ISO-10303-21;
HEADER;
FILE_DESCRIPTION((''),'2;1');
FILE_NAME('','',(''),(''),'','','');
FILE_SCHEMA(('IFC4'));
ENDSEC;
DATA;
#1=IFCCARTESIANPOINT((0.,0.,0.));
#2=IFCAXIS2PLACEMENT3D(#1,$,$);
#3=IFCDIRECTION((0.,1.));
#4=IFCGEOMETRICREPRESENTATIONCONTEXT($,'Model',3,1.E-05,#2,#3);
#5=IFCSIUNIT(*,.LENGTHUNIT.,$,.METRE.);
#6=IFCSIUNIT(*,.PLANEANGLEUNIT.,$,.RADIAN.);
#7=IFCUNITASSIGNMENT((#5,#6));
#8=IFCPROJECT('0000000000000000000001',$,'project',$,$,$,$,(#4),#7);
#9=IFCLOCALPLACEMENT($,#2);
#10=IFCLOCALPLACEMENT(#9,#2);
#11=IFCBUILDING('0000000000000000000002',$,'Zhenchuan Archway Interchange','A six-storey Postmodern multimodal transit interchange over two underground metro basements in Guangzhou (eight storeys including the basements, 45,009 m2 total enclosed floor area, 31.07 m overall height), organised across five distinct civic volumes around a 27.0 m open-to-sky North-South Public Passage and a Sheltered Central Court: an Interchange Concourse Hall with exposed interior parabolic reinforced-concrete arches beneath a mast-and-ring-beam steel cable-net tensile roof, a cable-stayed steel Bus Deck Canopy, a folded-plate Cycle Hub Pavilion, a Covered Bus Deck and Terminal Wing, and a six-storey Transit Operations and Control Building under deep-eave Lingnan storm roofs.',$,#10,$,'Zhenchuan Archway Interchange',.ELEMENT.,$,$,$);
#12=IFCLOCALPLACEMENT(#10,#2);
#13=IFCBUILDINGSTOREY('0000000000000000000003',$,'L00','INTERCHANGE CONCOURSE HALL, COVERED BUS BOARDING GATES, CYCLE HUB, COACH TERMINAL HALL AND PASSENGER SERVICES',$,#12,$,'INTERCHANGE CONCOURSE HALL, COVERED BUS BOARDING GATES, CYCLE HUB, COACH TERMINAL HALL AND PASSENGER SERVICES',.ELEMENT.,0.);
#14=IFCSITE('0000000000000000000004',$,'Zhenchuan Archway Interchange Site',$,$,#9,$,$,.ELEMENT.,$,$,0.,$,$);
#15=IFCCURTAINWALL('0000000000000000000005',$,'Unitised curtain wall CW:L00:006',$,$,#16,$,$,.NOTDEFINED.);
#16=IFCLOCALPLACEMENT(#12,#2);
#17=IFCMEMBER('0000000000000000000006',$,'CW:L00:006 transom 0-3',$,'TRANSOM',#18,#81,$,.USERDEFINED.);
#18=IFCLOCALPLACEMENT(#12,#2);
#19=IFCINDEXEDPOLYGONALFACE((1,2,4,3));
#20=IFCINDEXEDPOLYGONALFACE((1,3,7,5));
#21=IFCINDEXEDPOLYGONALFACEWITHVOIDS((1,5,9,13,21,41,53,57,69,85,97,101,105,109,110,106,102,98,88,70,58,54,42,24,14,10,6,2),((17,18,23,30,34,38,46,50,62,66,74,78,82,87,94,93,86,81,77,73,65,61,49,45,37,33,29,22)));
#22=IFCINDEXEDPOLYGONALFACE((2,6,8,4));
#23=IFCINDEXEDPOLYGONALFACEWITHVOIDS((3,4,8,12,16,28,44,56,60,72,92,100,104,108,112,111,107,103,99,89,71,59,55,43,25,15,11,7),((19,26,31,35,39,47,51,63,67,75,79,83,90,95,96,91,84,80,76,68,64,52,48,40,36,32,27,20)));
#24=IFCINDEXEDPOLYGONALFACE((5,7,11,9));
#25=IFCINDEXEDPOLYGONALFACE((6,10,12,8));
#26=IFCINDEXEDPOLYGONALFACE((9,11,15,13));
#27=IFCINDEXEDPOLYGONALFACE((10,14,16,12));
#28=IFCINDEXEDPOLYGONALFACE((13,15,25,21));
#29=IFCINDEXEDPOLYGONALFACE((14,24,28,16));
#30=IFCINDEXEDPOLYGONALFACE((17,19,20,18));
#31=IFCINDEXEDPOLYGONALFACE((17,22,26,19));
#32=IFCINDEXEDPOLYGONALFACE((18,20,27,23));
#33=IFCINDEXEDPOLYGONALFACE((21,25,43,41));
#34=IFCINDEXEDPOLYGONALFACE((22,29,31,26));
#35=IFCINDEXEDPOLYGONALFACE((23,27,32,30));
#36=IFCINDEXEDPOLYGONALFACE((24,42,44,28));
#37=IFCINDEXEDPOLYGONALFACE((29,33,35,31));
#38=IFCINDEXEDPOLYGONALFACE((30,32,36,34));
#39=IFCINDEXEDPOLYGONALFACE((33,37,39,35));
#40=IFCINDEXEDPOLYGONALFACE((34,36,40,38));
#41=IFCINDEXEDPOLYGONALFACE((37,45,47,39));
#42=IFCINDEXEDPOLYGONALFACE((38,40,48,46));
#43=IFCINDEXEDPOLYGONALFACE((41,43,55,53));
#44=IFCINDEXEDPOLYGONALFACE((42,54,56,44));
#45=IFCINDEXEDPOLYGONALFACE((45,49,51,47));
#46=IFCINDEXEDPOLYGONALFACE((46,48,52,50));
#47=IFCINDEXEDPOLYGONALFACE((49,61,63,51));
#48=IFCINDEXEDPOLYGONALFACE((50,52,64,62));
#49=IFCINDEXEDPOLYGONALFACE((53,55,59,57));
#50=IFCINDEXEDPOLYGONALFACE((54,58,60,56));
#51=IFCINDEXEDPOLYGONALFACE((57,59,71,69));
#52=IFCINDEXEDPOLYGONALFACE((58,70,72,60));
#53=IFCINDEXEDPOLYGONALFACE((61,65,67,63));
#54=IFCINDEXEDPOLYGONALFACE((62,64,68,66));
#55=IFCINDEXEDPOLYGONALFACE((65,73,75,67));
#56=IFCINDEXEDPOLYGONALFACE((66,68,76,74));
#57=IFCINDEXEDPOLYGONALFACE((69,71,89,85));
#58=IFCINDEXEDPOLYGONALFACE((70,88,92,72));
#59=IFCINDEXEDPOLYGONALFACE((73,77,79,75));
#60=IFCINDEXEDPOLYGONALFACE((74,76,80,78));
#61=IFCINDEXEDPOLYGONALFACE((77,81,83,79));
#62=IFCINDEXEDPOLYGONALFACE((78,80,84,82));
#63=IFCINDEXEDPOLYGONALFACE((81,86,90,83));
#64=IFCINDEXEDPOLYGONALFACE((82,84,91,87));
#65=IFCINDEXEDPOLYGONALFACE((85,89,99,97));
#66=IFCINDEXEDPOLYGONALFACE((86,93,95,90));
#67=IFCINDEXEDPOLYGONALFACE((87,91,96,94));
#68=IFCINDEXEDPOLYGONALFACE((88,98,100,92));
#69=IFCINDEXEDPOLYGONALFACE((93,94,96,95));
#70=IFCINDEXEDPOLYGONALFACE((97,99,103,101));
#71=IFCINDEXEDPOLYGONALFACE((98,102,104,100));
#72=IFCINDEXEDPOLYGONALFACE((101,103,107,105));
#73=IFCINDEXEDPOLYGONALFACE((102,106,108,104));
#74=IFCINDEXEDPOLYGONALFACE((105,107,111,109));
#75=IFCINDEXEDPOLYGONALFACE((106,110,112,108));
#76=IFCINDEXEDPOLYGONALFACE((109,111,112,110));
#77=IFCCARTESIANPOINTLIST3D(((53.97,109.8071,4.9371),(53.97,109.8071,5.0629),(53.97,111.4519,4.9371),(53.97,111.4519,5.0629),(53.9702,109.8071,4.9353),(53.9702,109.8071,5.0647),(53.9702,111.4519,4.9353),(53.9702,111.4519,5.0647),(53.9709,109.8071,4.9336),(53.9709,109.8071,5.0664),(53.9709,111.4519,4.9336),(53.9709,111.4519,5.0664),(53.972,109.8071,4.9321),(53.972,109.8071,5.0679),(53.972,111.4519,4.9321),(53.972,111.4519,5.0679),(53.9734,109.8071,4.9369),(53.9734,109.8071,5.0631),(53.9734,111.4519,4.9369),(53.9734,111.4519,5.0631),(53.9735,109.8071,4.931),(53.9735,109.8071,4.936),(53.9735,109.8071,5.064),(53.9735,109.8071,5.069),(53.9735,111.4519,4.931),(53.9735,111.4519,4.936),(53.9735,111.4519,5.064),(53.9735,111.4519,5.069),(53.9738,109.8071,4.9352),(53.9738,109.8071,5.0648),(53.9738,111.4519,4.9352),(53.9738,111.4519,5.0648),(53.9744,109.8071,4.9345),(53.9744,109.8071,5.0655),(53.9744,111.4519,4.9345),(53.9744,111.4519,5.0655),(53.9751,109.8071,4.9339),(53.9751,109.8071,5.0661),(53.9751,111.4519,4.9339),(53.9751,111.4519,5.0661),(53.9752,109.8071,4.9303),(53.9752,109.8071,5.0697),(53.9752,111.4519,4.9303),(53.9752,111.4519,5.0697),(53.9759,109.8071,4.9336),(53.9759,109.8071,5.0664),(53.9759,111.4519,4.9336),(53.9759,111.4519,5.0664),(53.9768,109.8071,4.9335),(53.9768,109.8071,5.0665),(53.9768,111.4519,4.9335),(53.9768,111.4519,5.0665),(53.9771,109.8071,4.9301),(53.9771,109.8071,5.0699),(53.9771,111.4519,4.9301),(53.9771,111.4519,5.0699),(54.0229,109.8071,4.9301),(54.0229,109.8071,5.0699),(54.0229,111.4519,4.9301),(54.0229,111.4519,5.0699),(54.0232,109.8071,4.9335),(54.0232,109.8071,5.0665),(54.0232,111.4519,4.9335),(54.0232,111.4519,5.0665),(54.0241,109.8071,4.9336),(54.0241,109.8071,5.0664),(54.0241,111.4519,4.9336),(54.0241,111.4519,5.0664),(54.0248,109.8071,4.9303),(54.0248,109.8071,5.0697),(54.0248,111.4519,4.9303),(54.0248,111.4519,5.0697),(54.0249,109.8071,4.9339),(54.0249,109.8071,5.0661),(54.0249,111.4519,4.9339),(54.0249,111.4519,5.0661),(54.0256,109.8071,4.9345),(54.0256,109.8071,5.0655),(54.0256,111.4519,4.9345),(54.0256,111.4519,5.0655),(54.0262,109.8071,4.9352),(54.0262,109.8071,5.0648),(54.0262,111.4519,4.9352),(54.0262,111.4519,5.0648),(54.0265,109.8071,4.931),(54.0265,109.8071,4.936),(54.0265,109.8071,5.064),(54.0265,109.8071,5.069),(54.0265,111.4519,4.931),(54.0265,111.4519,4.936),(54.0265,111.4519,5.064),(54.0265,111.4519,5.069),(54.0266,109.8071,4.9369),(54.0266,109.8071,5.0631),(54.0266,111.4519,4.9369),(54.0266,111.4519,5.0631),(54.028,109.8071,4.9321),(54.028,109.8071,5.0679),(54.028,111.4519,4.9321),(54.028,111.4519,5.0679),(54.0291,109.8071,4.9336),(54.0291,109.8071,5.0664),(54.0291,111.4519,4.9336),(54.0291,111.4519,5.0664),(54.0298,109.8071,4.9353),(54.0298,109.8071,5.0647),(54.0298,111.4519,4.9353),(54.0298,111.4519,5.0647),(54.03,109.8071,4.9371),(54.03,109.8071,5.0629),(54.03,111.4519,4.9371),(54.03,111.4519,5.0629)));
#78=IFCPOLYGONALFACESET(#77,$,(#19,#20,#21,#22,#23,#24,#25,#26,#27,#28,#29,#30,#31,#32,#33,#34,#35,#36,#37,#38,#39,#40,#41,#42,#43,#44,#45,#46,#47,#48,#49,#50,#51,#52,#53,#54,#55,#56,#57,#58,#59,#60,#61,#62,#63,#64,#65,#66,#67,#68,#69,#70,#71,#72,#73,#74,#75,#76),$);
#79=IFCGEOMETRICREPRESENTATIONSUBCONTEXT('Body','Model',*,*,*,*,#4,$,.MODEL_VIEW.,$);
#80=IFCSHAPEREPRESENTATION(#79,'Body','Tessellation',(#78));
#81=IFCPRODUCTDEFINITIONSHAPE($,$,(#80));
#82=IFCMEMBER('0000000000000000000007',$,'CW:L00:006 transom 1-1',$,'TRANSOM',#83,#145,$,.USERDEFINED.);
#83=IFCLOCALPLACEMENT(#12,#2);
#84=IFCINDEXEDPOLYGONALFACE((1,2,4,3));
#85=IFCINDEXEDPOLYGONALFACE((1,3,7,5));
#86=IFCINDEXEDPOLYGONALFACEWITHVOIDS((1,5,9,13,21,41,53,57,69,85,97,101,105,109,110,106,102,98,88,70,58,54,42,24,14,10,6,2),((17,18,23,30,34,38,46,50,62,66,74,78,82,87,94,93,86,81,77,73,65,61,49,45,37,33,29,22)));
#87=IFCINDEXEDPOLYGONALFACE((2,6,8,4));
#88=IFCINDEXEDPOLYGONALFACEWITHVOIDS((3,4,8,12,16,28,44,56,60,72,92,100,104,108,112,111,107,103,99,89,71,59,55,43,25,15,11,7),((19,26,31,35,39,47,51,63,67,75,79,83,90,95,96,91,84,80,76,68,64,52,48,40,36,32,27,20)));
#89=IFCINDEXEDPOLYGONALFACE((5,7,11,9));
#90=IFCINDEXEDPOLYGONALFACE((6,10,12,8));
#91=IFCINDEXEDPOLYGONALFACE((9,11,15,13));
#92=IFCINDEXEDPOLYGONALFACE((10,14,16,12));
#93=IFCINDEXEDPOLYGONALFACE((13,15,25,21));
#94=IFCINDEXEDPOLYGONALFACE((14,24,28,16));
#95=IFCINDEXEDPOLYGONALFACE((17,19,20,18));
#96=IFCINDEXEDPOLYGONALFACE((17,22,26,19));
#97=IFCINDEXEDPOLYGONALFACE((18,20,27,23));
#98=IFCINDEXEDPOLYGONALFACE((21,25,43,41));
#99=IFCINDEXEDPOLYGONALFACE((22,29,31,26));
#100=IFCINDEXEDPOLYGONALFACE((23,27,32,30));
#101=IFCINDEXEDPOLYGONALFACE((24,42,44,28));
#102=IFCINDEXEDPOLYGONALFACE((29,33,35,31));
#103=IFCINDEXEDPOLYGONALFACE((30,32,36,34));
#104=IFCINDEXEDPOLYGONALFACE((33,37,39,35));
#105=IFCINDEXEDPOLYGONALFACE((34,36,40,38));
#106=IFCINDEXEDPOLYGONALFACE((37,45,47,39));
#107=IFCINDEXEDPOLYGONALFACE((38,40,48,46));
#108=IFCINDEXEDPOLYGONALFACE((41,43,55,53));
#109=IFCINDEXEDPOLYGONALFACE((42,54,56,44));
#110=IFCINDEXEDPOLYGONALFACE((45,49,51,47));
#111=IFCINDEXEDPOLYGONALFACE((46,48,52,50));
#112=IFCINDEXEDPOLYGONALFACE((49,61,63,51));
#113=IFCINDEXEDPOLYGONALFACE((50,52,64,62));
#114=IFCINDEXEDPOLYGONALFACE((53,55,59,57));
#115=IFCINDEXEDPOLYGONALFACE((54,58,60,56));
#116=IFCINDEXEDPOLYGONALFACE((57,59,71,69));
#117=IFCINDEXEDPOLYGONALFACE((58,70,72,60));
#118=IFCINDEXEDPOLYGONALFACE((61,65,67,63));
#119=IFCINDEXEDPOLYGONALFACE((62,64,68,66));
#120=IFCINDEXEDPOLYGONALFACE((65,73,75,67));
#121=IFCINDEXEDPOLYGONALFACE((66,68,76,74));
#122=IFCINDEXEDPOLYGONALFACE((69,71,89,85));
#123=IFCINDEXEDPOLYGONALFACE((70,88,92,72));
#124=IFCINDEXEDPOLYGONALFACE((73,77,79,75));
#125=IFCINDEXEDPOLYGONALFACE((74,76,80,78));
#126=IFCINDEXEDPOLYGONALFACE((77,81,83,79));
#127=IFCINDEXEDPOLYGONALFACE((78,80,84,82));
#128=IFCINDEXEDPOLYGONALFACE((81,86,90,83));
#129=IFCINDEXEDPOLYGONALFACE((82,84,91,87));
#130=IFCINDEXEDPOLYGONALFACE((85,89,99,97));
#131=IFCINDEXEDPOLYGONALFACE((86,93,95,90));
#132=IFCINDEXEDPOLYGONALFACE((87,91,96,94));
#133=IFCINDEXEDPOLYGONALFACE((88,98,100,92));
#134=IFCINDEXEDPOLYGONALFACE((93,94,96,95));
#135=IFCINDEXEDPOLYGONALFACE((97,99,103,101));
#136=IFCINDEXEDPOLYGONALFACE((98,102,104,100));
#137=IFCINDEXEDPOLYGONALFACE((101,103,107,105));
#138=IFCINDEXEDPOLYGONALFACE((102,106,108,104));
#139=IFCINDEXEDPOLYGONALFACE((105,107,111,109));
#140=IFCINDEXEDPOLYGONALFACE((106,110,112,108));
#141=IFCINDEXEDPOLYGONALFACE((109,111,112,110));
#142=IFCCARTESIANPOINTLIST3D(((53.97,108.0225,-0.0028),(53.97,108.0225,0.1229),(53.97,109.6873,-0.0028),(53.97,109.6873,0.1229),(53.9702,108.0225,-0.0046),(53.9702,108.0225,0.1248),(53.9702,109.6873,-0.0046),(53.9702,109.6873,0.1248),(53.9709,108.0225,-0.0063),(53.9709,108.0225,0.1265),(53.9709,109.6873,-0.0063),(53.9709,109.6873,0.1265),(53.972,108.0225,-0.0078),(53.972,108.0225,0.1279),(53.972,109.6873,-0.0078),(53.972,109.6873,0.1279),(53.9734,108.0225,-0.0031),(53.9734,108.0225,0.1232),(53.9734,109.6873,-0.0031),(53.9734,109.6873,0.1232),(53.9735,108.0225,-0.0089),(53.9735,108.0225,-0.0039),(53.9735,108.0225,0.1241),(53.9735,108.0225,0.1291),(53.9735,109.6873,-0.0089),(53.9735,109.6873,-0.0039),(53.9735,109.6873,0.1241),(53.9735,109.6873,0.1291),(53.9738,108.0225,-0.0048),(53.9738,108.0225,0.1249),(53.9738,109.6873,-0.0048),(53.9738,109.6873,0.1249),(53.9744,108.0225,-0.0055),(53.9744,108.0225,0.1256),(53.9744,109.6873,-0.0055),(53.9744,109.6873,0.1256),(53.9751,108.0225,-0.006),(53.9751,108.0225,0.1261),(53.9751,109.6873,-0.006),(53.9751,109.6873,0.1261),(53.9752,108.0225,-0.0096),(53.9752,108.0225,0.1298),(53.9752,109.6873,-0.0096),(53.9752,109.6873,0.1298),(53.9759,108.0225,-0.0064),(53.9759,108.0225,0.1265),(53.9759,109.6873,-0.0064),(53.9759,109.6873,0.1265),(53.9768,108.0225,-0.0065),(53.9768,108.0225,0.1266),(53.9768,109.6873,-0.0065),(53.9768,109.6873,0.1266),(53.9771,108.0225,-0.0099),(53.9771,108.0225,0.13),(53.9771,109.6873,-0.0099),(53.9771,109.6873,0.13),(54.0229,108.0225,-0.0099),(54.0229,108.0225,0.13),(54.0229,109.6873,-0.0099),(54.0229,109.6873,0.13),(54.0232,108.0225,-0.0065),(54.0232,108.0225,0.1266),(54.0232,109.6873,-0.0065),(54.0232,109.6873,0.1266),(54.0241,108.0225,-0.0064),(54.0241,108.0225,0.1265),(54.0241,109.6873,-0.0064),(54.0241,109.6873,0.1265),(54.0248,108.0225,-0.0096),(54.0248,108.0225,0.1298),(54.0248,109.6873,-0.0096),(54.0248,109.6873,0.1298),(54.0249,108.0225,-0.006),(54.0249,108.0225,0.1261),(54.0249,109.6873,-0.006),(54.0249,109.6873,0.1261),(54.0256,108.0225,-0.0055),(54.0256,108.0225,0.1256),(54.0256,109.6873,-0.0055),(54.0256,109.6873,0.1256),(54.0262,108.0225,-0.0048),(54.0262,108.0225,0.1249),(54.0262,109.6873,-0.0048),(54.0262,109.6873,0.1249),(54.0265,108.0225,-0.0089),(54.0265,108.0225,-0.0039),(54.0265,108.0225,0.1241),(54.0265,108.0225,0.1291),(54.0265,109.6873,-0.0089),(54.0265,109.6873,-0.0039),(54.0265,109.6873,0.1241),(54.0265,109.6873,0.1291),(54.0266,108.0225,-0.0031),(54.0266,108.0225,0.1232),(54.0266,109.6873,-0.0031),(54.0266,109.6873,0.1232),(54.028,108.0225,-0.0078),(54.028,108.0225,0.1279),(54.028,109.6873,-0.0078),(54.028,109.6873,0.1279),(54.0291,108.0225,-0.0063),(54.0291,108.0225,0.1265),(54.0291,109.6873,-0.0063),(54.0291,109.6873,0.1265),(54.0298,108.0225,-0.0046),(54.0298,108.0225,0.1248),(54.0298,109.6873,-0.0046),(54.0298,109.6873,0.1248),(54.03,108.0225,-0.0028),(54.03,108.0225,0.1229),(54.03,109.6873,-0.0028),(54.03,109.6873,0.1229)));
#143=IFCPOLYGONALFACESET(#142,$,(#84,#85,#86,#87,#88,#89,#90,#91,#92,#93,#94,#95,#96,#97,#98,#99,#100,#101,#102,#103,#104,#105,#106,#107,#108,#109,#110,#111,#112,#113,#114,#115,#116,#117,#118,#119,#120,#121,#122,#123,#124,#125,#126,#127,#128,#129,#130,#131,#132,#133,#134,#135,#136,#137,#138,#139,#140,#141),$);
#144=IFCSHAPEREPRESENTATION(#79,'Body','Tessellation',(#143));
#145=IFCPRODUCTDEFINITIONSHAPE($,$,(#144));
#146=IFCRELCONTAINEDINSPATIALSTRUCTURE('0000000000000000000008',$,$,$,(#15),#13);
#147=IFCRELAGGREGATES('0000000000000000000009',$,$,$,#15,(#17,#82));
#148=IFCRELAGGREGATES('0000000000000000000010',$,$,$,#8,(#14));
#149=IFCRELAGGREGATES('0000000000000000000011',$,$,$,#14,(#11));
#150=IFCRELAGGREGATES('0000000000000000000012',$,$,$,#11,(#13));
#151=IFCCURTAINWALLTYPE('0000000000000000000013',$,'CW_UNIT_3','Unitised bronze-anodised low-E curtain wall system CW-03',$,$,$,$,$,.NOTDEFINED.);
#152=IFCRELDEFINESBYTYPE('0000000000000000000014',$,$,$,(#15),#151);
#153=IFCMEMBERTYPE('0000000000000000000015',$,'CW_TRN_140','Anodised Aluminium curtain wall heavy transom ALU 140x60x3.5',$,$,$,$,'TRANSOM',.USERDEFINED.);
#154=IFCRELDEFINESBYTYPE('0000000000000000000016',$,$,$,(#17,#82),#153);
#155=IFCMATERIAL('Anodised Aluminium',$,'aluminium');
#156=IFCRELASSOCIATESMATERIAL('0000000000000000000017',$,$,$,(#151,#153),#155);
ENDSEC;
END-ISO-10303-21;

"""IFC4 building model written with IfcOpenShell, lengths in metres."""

from ifc_helpers import new_model, si_unit, direction, frame, origin, origin_2d, place, context, subcontext, project, spatial, hollow_rectangle, extrude, material, material_profile, profile_set, type_object, element, aggregate, save


model = new_model("IFC4")

# Units and contexts
model_context = context("Model", 3, precision=1e-05, world=origin(), true_north=direction((0.0, 1.0)))
body_context = subcontext(model_context, "Body", "Model", "MODEL_VIEW")
ifc_project = project(units=[si_unit("LENGTHUNIT", "METRE"), si_unit("PLANEANGLEUNIT", "RADIAN")], contexts=[model_context])

# Site, building, storey
site_placement = place(None, origin())
site = spatial("IfcSite", under=ifc_project, at=site_placement, Name="Zhenchuan Archway Interchange Site", CompositionType="ELEMENT", RefElevation=0.0)
building_placement = place(site_placement, origin())
building = spatial("IfcBuilding", under=site, at=building_placement, Name="Zhenchuan Archway Interchange", Description="A six-storey Postmodern multimodal transit interchange over two underground metro basements in Guangzhou (eight storeys including the basements, 45,009 m2 total enclosed floor area, 31.07 m overall height), organised across five distinct civic volumes around a 27.0 m open-to-sky North-South Public Passage and a Sheltered Central Court: an Interchange Concourse Hall with exposed interior parabolic reinforced-concrete arches beneath a mast-and-ring-beam steel cable-net tensile roof, a cable-stayed steel Bus Deck Canopy, a folded-plate Cycle Hub Pavilion, a Covered Bus Deck and Terminal Wing, and a six-storey Transit Operations and Control Building under deep-eave Lingnan storm roofs.", LongName="Zhenchuan Archway Interchange", CompositionType="ELEMENT")
storey_placement = place(building_placement, origin())
storey = spatial("IfcBuildingStorey", under=building, at=storey_placement, Name="L00", Description="INTERCHANGE CONCOURSE HALL, COVERED BUS BOARDING GATES, CYCLE HUB, COACH TERMINAL HALL AND PASSENGER SERVICES", LongName="INTERCHANGE CONCOURSE HALL, COVERED BUS BOARDING GATES, CYCLE HUB, COACH TERMINAL HALL AND PASSENGER SERVICES", CompositionType="ELEMENT", Elevation=0.0)

# Curtain wall, members
ifc_material_1 = material(Name="Anodised Aluminium", Category="aluminium")
curtain_wall_type = type_object("IfcCurtainWallType", Name="CW_UNIT_3", Description="Unitised bronze-anodised low-E curtain wall system CW-03", PredefinedType="NOTDEFINED", material=ifc_material_1)
curtain_wall_placement = place(storey_placement, origin())
curtain_wall = element("IfcCurtainWall", 1, at=curtain_wall_placement, inside=storey, type_object=curtain_wall_type, Name="Unitised curtain wall CW:L00:006", PredefinedType="NOTDEFINED")
ifc_material_profile_1 = material_profile(ifc_material_1, hollow_rectangle(XDim=0.0601, YDim=0.1399, WallThickness=0.0034, InnerFilletRadius=0.0034, OuterFilletRadius=0.0071, at=origin_2d()), Name="ALU 140x60x3.5")
ifc_profile_set_1 = profile_set([ifc_material_profile_1], Name="Anodised Aluminium")
member_type_1 = type_object("IfcMemberType", Name="CW_TRN_140", Description="Anodised Aluminium curtain wall heavy transom ALU 140x60x3.5", ElementType="TRANSOM", PredefinedType="USERDEFINED", material=ifc_profile_set_1)
member_1_placement = place(storey_placement, frame((54.0, 111.4519, 5.0), z_axis=(0.0, -1.0, 0.0), x_axis=(1.0, 0.0, 0.0)))
member_1 = element("IfcMember", 2, at=member_1_placement, type_object=member_type_1, Name="CW:L00:006 transom 0-3", ObjectType="TRANSOM", PredefinedType="USERDEFINED", context=body_context, shape_type="SweptSolid", body=[
    extrude(hollow_rectangle(XDim=0.0601, YDim=0.1399, WallThickness=0.0034, InnerFilletRadius=0.0034, OuterFilletRadius=0.0071, at=origin_2d()), origin(), (0.0, 0.0, 1.0), 1.6448),
])
member_2_placement = place(storey_placement, frame((54.0, 109.6873, 0.0601), z_axis=(0.0, -1.0, 0.0), x_axis=(1.0, 0.0, 0.0)))
member_2 = element("IfcMember", 3, at=member_2_placement, type_object=member_type_1, Name="CW:L00:006 transom 1-1", ObjectType="TRANSOM", PredefinedType="USERDEFINED", context=body_context, shape_type="SweptSolid", body=[
    extrude(hollow_rectangle(XDim=0.0601, YDim=0.1399, WallThickness=0.0034, InnerFilletRadius=0.0034, OuterFilletRadius=0.0071, at=origin_2d()), origin(), (0.0, 0.0, 1.0), 1.6648),
])
aggregate(curtain_wall, [member_1, member_2])

save(model, "model.ifc")
